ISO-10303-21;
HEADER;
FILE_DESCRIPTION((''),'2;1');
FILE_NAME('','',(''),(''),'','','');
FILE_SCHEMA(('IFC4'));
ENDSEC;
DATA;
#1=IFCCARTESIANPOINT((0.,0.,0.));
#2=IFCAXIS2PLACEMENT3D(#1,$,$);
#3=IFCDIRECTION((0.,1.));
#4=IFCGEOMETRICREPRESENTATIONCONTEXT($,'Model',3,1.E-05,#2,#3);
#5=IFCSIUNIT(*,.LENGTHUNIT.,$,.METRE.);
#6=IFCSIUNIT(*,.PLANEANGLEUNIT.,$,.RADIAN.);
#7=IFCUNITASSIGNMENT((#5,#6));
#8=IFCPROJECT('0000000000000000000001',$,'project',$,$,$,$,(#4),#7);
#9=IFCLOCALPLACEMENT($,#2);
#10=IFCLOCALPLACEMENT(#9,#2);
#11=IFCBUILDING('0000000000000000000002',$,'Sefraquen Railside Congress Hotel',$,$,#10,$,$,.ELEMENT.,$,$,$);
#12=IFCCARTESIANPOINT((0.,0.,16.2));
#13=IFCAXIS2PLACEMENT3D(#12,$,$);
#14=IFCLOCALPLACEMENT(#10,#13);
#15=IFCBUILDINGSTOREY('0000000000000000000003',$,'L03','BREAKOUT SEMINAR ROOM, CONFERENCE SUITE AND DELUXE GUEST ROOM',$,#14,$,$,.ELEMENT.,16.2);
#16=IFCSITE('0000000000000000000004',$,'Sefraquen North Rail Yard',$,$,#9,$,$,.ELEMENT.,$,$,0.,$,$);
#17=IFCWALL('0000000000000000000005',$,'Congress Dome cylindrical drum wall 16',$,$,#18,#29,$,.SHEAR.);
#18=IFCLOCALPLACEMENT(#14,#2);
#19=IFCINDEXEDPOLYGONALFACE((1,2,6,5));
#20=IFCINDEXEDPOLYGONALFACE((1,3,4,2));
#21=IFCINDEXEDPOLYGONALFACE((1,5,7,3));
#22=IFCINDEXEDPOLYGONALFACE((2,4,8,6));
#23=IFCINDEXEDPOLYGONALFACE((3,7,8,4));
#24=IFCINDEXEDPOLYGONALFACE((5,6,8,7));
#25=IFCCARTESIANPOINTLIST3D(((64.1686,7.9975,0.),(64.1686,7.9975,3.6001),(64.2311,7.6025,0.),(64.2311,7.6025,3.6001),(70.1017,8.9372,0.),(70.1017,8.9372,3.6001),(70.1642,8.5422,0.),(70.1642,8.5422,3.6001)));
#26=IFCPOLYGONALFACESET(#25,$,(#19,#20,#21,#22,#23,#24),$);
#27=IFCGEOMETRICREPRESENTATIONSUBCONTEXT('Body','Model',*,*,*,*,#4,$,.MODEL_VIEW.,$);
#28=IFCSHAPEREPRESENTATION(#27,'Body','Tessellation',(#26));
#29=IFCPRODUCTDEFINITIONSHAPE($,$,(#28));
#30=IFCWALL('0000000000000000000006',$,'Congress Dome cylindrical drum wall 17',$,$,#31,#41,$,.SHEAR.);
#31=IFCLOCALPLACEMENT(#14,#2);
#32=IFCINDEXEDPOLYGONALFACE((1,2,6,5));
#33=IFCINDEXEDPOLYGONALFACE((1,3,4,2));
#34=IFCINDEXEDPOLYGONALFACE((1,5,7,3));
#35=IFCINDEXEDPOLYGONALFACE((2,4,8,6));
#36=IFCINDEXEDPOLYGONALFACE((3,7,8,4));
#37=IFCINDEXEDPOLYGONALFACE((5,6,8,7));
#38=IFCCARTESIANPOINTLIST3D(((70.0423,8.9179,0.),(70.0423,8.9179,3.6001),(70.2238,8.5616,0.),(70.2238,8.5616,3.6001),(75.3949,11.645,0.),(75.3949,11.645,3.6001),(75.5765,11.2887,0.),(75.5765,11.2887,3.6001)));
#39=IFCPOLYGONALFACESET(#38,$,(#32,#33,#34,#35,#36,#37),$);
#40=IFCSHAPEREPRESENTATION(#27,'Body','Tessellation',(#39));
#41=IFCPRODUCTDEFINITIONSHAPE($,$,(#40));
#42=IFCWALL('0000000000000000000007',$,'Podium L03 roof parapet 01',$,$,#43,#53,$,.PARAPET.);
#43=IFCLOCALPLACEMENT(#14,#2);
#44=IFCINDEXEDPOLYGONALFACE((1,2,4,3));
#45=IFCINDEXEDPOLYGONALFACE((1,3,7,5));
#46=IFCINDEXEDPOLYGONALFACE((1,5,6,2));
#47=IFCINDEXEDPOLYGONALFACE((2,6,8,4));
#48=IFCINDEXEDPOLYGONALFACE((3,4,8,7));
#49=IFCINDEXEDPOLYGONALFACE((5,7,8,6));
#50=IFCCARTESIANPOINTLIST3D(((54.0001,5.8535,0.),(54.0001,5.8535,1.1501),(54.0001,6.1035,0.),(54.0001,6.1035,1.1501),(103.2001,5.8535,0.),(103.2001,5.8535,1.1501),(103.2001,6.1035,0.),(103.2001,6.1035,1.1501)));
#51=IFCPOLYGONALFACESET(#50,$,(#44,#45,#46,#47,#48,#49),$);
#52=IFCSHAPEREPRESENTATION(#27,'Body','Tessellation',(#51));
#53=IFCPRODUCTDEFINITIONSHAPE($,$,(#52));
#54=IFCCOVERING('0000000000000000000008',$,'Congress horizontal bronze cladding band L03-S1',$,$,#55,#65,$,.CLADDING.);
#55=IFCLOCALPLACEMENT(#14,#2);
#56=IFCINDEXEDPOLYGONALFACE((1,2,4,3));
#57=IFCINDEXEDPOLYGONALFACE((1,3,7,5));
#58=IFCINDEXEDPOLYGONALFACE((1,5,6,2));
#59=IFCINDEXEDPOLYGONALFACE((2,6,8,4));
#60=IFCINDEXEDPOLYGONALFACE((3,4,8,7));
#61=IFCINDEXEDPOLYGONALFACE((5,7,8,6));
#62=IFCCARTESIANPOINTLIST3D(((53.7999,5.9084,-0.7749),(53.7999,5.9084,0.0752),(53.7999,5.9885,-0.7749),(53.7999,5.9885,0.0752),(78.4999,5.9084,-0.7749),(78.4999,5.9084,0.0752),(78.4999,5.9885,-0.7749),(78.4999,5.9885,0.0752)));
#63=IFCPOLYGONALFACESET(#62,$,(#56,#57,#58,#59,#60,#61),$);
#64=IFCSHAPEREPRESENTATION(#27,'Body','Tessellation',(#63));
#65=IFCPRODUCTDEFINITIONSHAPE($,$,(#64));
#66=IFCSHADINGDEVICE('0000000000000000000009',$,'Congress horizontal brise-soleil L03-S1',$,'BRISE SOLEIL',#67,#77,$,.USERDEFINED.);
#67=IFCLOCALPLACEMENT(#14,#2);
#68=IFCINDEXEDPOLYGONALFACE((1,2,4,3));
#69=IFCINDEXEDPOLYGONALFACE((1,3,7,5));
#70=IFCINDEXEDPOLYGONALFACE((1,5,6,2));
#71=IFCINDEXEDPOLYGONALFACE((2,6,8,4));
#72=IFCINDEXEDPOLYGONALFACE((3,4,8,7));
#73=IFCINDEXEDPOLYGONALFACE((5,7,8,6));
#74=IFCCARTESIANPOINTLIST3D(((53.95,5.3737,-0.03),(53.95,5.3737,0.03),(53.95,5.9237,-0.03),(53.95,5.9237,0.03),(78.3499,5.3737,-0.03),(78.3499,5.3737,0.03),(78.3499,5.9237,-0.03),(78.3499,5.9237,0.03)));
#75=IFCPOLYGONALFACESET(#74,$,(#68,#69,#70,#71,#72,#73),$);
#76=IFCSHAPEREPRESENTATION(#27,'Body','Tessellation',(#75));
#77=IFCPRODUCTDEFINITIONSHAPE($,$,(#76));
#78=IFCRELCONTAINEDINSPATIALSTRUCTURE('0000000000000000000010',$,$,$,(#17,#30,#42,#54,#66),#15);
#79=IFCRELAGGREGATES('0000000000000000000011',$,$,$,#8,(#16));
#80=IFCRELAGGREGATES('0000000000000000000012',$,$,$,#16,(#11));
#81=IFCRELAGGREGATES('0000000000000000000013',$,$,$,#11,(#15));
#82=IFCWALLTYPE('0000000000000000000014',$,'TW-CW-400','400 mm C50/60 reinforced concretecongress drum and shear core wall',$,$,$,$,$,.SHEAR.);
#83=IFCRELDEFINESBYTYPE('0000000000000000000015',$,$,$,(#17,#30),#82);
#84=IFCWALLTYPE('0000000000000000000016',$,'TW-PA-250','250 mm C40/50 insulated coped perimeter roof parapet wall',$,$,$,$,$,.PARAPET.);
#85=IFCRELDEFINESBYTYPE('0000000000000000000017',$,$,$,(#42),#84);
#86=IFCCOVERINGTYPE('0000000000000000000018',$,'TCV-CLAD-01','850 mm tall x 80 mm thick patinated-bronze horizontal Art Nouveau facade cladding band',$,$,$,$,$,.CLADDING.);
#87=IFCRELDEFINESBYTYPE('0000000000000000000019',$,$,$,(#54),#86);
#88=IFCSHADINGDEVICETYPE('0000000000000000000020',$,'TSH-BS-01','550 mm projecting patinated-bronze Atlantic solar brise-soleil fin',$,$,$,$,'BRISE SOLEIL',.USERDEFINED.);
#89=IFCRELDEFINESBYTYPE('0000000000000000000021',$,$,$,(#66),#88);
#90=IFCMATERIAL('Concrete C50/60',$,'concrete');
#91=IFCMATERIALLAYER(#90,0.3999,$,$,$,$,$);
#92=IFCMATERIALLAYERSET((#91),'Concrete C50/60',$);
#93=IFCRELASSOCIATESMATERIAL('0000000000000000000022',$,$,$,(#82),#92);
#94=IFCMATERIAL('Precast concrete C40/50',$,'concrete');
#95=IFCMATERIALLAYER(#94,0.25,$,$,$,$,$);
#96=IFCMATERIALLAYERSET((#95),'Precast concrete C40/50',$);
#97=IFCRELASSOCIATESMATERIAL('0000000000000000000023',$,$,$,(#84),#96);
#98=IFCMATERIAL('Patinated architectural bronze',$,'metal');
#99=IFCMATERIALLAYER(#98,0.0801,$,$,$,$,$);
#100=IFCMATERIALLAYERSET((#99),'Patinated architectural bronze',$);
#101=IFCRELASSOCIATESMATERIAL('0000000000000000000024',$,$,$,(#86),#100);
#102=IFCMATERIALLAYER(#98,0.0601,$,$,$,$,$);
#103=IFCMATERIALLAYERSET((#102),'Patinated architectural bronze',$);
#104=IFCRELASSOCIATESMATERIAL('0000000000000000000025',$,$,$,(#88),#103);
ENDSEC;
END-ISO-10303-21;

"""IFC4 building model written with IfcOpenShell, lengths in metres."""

from ifc_helpers import new_model, si_unit, direction, frame, frame_2d, origin, origin_2d, place, context, subcontext, project, spatial, rectangle, extrude, material, layer, layer_set, type_object, element, save


model = new_model("IFC4")

# Units and contexts
model_context = context("Model", 3, precision=1e-05, world=origin(), true_north=direction((0.0, 1.0)))
body_context = subcontext(model_context, "Body", "Model", "MODEL_VIEW")
ifc_project = project(units=[si_unit("LENGTHUNIT", "METRE"), si_unit("PLANEANGLEUNIT", "RADIAN")], contexts=[model_context])

# Site, building, storey
site_placement = place(None, origin())
site = spatial("IfcSite", under=ifc_project, at=site_placement, Name="Sefraquen North Rail Yard", CompositionType="ELEMENT", RefElevation=0.0)
building_placement = place(site_placement, origin())
building = spatial("IfcBuilding", under=site, at=building_placement, Name="Sefraquen Railside Congress Hotel", CompositionType="ELEMENT")
storey_placement = place(building_placement, frame((0.0, 0.0, 16.2)))
storey = spatial("IfcBuildingStorey", under=building, at=storey_placement, Name="L03", Description="BREAKOUT SEMINAR ROOM, CONFERENCE SUITE AND DELUXE GUEST ROOM", CompositionType="ELEMENT", Elevation=16.2)

# Walls
ifc_material_1 = material(Name="Concrete C50/60", Category="concrete")
ifc_layer_1 = layer(ifc_material_1, 0.3999)
ifc_layer_set_1 = layer_set([ifc_layer_1], Name="Concrete C50/60")
wall_type_1 = type_object("IfcWallType", Name="TW-CW-400", Description="400 mm C50/60 reinforced concretecongress drum and shear core wall", PredefinedType="SHEAR", material=ifc_layer_set_1)
for number, where, z_axis, x_axis, name in (
    (1, (64.2, 7.8, 0.0), (0.0, 0.0, 1.0), (0.987689, 0.156432, 0.0), "Congress Dome cylindrical drum wall 16"),
):
    element("IfcWall", number, at=place(storey_placement, frame(where, z_axis=z_axis, x_axis=x_axis)), inside=storey, type_object=wall_type_1, Name=name, PredefinedType="SHEAR", context=body_context, shape_type="SweptSolid", body=[
        extrude(rectangle(XDim=6.0071, YDim=0.3999, at=frame_2d((3.0034, 0.0))), origin(), (0.0, 0.0, 1.0), 3.6001),
    ])
wall_1_placement = place(storey_placement, frame((70.1331, 8.7397, 0.0), z_axis=(0.0, 0.0, 1.0), x_axis=(0.89102, 0.453964, 0.0)))
element("IfcWall", 2, at=wall_1_placement, inside=storey, type_object=wall_type_1, Name="Congress Dome cylindrical drum wall 17", PredefinedType="SHEAR", context=body_context, shape_type="SweptSolid", body=[
    extrude(rectangle(XDim=6.0073, YDim=0.3999, at=frame_2d((3.0037, 0.0))), origin(), (0.0, 0.0, 1.0), 3.6001),
])
ifc_material_2 = material(Name="Precast concrete C40/50", Category="concrete")
ifc_layer_2 = layer(ifc_material_2, 0.25)
ifc_layer_set_2 = layer_set([ifc_layer_2], Name="Precast concrete C40/50")
wall_type_2 = type_object("IfcWallType", Name="TW-PA-250", Description="250 mm C40/50 insulated coped perimeter roof parapet wall", PredefinedType="PARAPET", material=ifc_layer_set_2)
wall_2_placement = place(storey_placement, frame((54.0, 5.9785, 0.0), z_axis=(0.0, 0.0, 1.0), x_axis=(1.0, 0.0, 0.0)))
element("IfcWall", 3, at=wall_2_placement, inside=storey, type_object=wall_type_2, Name="Podium L03 roof parapet 01", PredefinedType="PARAPET", context=body_context, shape_type="SweptSolid", body=[
    extrude(rectangle(XDim=49.2, YDim=0.25, at=frame_2d((24.6001, 0.0))), origin(), (0.0, 0.0, 1.0), 1.1501),
])

# Covering
ifc_material_3 = material(Name="Patinated architectural bronze", Category="metal")
ifc_layer_3 = layer(ifc_material_3, 0.0801)
ifc_layer_set_3 = layer_set([ifc_layer_3], Name="Patinated architectural bronze")
covering_type = type_object("IfcCoveringType", Name="TCV-CLAD-01", Description="850 mm tall x 80 mm thick patinated-bronze horizontal Art Nouveau facade cladding band", PredefinedType="CLADDING", material=ifc_layer_set_3)
covering_placement = place(storey_placement, frame((66.1499, 5.9485, -0.7749), z_axis=(0.0, 0.0, 1.0), x_axis=(1.0, 0.0, 0.0)))
element("IfcCovering", 4, at=covering_placement, inside=storey, type_object=covering_type, Name="Congress horizontal bronze cladding band L03-S1", PredefinedType="CLADDING", context=body_context, shape_type="SweptSolid", body=[
    extrude(rectangle(XDim=24.7, YDim=0.0801, at=origin_2d()), origin(), (0.0, 0.0, 1.0), 0.8501),
])

# Shading device
ifc_layer_4 = layer(ifc_material_3, 0.0601)
ifc_layer_set_4 = layer_set([ifc_layer_4], Name="Patinated architectural bronze")
shading_device_type = type_object("IfcShadingDeviceType", Name="TSH-BS-01", Description="550 mm projecting patinated-bronze Atlantic solar brise-soleil fin", ElementType="BRISE SOLEIL", PredefinedType="USERDEFINED", material=ifc_layer_set_4)
shading_device_placement = place(storey_placement, frame((66.1499, 5.6487, -0.03), z_axis=(0.0, 0.0, 1.0), x_axis=(1.0, 0.0, 0.0)))
element("IfcShadingDevice", 5, at=shading_device_placement, inside=storey, type_object=shading_device_type, Name="Congress horizontal brise-soleil L03-S1", ObjectType="BRISE SOLEIL", PredefinedType="USERDEFINED", context=body_context, shape_type="SweptSolid", body=[
    extrude(rectangle(XDim=24.3999, YDim=0.55, at=origin_2d()), origin(), (0.0, 0.0, 1.0), 0.0601),
])

save(model, "model.ifc")
